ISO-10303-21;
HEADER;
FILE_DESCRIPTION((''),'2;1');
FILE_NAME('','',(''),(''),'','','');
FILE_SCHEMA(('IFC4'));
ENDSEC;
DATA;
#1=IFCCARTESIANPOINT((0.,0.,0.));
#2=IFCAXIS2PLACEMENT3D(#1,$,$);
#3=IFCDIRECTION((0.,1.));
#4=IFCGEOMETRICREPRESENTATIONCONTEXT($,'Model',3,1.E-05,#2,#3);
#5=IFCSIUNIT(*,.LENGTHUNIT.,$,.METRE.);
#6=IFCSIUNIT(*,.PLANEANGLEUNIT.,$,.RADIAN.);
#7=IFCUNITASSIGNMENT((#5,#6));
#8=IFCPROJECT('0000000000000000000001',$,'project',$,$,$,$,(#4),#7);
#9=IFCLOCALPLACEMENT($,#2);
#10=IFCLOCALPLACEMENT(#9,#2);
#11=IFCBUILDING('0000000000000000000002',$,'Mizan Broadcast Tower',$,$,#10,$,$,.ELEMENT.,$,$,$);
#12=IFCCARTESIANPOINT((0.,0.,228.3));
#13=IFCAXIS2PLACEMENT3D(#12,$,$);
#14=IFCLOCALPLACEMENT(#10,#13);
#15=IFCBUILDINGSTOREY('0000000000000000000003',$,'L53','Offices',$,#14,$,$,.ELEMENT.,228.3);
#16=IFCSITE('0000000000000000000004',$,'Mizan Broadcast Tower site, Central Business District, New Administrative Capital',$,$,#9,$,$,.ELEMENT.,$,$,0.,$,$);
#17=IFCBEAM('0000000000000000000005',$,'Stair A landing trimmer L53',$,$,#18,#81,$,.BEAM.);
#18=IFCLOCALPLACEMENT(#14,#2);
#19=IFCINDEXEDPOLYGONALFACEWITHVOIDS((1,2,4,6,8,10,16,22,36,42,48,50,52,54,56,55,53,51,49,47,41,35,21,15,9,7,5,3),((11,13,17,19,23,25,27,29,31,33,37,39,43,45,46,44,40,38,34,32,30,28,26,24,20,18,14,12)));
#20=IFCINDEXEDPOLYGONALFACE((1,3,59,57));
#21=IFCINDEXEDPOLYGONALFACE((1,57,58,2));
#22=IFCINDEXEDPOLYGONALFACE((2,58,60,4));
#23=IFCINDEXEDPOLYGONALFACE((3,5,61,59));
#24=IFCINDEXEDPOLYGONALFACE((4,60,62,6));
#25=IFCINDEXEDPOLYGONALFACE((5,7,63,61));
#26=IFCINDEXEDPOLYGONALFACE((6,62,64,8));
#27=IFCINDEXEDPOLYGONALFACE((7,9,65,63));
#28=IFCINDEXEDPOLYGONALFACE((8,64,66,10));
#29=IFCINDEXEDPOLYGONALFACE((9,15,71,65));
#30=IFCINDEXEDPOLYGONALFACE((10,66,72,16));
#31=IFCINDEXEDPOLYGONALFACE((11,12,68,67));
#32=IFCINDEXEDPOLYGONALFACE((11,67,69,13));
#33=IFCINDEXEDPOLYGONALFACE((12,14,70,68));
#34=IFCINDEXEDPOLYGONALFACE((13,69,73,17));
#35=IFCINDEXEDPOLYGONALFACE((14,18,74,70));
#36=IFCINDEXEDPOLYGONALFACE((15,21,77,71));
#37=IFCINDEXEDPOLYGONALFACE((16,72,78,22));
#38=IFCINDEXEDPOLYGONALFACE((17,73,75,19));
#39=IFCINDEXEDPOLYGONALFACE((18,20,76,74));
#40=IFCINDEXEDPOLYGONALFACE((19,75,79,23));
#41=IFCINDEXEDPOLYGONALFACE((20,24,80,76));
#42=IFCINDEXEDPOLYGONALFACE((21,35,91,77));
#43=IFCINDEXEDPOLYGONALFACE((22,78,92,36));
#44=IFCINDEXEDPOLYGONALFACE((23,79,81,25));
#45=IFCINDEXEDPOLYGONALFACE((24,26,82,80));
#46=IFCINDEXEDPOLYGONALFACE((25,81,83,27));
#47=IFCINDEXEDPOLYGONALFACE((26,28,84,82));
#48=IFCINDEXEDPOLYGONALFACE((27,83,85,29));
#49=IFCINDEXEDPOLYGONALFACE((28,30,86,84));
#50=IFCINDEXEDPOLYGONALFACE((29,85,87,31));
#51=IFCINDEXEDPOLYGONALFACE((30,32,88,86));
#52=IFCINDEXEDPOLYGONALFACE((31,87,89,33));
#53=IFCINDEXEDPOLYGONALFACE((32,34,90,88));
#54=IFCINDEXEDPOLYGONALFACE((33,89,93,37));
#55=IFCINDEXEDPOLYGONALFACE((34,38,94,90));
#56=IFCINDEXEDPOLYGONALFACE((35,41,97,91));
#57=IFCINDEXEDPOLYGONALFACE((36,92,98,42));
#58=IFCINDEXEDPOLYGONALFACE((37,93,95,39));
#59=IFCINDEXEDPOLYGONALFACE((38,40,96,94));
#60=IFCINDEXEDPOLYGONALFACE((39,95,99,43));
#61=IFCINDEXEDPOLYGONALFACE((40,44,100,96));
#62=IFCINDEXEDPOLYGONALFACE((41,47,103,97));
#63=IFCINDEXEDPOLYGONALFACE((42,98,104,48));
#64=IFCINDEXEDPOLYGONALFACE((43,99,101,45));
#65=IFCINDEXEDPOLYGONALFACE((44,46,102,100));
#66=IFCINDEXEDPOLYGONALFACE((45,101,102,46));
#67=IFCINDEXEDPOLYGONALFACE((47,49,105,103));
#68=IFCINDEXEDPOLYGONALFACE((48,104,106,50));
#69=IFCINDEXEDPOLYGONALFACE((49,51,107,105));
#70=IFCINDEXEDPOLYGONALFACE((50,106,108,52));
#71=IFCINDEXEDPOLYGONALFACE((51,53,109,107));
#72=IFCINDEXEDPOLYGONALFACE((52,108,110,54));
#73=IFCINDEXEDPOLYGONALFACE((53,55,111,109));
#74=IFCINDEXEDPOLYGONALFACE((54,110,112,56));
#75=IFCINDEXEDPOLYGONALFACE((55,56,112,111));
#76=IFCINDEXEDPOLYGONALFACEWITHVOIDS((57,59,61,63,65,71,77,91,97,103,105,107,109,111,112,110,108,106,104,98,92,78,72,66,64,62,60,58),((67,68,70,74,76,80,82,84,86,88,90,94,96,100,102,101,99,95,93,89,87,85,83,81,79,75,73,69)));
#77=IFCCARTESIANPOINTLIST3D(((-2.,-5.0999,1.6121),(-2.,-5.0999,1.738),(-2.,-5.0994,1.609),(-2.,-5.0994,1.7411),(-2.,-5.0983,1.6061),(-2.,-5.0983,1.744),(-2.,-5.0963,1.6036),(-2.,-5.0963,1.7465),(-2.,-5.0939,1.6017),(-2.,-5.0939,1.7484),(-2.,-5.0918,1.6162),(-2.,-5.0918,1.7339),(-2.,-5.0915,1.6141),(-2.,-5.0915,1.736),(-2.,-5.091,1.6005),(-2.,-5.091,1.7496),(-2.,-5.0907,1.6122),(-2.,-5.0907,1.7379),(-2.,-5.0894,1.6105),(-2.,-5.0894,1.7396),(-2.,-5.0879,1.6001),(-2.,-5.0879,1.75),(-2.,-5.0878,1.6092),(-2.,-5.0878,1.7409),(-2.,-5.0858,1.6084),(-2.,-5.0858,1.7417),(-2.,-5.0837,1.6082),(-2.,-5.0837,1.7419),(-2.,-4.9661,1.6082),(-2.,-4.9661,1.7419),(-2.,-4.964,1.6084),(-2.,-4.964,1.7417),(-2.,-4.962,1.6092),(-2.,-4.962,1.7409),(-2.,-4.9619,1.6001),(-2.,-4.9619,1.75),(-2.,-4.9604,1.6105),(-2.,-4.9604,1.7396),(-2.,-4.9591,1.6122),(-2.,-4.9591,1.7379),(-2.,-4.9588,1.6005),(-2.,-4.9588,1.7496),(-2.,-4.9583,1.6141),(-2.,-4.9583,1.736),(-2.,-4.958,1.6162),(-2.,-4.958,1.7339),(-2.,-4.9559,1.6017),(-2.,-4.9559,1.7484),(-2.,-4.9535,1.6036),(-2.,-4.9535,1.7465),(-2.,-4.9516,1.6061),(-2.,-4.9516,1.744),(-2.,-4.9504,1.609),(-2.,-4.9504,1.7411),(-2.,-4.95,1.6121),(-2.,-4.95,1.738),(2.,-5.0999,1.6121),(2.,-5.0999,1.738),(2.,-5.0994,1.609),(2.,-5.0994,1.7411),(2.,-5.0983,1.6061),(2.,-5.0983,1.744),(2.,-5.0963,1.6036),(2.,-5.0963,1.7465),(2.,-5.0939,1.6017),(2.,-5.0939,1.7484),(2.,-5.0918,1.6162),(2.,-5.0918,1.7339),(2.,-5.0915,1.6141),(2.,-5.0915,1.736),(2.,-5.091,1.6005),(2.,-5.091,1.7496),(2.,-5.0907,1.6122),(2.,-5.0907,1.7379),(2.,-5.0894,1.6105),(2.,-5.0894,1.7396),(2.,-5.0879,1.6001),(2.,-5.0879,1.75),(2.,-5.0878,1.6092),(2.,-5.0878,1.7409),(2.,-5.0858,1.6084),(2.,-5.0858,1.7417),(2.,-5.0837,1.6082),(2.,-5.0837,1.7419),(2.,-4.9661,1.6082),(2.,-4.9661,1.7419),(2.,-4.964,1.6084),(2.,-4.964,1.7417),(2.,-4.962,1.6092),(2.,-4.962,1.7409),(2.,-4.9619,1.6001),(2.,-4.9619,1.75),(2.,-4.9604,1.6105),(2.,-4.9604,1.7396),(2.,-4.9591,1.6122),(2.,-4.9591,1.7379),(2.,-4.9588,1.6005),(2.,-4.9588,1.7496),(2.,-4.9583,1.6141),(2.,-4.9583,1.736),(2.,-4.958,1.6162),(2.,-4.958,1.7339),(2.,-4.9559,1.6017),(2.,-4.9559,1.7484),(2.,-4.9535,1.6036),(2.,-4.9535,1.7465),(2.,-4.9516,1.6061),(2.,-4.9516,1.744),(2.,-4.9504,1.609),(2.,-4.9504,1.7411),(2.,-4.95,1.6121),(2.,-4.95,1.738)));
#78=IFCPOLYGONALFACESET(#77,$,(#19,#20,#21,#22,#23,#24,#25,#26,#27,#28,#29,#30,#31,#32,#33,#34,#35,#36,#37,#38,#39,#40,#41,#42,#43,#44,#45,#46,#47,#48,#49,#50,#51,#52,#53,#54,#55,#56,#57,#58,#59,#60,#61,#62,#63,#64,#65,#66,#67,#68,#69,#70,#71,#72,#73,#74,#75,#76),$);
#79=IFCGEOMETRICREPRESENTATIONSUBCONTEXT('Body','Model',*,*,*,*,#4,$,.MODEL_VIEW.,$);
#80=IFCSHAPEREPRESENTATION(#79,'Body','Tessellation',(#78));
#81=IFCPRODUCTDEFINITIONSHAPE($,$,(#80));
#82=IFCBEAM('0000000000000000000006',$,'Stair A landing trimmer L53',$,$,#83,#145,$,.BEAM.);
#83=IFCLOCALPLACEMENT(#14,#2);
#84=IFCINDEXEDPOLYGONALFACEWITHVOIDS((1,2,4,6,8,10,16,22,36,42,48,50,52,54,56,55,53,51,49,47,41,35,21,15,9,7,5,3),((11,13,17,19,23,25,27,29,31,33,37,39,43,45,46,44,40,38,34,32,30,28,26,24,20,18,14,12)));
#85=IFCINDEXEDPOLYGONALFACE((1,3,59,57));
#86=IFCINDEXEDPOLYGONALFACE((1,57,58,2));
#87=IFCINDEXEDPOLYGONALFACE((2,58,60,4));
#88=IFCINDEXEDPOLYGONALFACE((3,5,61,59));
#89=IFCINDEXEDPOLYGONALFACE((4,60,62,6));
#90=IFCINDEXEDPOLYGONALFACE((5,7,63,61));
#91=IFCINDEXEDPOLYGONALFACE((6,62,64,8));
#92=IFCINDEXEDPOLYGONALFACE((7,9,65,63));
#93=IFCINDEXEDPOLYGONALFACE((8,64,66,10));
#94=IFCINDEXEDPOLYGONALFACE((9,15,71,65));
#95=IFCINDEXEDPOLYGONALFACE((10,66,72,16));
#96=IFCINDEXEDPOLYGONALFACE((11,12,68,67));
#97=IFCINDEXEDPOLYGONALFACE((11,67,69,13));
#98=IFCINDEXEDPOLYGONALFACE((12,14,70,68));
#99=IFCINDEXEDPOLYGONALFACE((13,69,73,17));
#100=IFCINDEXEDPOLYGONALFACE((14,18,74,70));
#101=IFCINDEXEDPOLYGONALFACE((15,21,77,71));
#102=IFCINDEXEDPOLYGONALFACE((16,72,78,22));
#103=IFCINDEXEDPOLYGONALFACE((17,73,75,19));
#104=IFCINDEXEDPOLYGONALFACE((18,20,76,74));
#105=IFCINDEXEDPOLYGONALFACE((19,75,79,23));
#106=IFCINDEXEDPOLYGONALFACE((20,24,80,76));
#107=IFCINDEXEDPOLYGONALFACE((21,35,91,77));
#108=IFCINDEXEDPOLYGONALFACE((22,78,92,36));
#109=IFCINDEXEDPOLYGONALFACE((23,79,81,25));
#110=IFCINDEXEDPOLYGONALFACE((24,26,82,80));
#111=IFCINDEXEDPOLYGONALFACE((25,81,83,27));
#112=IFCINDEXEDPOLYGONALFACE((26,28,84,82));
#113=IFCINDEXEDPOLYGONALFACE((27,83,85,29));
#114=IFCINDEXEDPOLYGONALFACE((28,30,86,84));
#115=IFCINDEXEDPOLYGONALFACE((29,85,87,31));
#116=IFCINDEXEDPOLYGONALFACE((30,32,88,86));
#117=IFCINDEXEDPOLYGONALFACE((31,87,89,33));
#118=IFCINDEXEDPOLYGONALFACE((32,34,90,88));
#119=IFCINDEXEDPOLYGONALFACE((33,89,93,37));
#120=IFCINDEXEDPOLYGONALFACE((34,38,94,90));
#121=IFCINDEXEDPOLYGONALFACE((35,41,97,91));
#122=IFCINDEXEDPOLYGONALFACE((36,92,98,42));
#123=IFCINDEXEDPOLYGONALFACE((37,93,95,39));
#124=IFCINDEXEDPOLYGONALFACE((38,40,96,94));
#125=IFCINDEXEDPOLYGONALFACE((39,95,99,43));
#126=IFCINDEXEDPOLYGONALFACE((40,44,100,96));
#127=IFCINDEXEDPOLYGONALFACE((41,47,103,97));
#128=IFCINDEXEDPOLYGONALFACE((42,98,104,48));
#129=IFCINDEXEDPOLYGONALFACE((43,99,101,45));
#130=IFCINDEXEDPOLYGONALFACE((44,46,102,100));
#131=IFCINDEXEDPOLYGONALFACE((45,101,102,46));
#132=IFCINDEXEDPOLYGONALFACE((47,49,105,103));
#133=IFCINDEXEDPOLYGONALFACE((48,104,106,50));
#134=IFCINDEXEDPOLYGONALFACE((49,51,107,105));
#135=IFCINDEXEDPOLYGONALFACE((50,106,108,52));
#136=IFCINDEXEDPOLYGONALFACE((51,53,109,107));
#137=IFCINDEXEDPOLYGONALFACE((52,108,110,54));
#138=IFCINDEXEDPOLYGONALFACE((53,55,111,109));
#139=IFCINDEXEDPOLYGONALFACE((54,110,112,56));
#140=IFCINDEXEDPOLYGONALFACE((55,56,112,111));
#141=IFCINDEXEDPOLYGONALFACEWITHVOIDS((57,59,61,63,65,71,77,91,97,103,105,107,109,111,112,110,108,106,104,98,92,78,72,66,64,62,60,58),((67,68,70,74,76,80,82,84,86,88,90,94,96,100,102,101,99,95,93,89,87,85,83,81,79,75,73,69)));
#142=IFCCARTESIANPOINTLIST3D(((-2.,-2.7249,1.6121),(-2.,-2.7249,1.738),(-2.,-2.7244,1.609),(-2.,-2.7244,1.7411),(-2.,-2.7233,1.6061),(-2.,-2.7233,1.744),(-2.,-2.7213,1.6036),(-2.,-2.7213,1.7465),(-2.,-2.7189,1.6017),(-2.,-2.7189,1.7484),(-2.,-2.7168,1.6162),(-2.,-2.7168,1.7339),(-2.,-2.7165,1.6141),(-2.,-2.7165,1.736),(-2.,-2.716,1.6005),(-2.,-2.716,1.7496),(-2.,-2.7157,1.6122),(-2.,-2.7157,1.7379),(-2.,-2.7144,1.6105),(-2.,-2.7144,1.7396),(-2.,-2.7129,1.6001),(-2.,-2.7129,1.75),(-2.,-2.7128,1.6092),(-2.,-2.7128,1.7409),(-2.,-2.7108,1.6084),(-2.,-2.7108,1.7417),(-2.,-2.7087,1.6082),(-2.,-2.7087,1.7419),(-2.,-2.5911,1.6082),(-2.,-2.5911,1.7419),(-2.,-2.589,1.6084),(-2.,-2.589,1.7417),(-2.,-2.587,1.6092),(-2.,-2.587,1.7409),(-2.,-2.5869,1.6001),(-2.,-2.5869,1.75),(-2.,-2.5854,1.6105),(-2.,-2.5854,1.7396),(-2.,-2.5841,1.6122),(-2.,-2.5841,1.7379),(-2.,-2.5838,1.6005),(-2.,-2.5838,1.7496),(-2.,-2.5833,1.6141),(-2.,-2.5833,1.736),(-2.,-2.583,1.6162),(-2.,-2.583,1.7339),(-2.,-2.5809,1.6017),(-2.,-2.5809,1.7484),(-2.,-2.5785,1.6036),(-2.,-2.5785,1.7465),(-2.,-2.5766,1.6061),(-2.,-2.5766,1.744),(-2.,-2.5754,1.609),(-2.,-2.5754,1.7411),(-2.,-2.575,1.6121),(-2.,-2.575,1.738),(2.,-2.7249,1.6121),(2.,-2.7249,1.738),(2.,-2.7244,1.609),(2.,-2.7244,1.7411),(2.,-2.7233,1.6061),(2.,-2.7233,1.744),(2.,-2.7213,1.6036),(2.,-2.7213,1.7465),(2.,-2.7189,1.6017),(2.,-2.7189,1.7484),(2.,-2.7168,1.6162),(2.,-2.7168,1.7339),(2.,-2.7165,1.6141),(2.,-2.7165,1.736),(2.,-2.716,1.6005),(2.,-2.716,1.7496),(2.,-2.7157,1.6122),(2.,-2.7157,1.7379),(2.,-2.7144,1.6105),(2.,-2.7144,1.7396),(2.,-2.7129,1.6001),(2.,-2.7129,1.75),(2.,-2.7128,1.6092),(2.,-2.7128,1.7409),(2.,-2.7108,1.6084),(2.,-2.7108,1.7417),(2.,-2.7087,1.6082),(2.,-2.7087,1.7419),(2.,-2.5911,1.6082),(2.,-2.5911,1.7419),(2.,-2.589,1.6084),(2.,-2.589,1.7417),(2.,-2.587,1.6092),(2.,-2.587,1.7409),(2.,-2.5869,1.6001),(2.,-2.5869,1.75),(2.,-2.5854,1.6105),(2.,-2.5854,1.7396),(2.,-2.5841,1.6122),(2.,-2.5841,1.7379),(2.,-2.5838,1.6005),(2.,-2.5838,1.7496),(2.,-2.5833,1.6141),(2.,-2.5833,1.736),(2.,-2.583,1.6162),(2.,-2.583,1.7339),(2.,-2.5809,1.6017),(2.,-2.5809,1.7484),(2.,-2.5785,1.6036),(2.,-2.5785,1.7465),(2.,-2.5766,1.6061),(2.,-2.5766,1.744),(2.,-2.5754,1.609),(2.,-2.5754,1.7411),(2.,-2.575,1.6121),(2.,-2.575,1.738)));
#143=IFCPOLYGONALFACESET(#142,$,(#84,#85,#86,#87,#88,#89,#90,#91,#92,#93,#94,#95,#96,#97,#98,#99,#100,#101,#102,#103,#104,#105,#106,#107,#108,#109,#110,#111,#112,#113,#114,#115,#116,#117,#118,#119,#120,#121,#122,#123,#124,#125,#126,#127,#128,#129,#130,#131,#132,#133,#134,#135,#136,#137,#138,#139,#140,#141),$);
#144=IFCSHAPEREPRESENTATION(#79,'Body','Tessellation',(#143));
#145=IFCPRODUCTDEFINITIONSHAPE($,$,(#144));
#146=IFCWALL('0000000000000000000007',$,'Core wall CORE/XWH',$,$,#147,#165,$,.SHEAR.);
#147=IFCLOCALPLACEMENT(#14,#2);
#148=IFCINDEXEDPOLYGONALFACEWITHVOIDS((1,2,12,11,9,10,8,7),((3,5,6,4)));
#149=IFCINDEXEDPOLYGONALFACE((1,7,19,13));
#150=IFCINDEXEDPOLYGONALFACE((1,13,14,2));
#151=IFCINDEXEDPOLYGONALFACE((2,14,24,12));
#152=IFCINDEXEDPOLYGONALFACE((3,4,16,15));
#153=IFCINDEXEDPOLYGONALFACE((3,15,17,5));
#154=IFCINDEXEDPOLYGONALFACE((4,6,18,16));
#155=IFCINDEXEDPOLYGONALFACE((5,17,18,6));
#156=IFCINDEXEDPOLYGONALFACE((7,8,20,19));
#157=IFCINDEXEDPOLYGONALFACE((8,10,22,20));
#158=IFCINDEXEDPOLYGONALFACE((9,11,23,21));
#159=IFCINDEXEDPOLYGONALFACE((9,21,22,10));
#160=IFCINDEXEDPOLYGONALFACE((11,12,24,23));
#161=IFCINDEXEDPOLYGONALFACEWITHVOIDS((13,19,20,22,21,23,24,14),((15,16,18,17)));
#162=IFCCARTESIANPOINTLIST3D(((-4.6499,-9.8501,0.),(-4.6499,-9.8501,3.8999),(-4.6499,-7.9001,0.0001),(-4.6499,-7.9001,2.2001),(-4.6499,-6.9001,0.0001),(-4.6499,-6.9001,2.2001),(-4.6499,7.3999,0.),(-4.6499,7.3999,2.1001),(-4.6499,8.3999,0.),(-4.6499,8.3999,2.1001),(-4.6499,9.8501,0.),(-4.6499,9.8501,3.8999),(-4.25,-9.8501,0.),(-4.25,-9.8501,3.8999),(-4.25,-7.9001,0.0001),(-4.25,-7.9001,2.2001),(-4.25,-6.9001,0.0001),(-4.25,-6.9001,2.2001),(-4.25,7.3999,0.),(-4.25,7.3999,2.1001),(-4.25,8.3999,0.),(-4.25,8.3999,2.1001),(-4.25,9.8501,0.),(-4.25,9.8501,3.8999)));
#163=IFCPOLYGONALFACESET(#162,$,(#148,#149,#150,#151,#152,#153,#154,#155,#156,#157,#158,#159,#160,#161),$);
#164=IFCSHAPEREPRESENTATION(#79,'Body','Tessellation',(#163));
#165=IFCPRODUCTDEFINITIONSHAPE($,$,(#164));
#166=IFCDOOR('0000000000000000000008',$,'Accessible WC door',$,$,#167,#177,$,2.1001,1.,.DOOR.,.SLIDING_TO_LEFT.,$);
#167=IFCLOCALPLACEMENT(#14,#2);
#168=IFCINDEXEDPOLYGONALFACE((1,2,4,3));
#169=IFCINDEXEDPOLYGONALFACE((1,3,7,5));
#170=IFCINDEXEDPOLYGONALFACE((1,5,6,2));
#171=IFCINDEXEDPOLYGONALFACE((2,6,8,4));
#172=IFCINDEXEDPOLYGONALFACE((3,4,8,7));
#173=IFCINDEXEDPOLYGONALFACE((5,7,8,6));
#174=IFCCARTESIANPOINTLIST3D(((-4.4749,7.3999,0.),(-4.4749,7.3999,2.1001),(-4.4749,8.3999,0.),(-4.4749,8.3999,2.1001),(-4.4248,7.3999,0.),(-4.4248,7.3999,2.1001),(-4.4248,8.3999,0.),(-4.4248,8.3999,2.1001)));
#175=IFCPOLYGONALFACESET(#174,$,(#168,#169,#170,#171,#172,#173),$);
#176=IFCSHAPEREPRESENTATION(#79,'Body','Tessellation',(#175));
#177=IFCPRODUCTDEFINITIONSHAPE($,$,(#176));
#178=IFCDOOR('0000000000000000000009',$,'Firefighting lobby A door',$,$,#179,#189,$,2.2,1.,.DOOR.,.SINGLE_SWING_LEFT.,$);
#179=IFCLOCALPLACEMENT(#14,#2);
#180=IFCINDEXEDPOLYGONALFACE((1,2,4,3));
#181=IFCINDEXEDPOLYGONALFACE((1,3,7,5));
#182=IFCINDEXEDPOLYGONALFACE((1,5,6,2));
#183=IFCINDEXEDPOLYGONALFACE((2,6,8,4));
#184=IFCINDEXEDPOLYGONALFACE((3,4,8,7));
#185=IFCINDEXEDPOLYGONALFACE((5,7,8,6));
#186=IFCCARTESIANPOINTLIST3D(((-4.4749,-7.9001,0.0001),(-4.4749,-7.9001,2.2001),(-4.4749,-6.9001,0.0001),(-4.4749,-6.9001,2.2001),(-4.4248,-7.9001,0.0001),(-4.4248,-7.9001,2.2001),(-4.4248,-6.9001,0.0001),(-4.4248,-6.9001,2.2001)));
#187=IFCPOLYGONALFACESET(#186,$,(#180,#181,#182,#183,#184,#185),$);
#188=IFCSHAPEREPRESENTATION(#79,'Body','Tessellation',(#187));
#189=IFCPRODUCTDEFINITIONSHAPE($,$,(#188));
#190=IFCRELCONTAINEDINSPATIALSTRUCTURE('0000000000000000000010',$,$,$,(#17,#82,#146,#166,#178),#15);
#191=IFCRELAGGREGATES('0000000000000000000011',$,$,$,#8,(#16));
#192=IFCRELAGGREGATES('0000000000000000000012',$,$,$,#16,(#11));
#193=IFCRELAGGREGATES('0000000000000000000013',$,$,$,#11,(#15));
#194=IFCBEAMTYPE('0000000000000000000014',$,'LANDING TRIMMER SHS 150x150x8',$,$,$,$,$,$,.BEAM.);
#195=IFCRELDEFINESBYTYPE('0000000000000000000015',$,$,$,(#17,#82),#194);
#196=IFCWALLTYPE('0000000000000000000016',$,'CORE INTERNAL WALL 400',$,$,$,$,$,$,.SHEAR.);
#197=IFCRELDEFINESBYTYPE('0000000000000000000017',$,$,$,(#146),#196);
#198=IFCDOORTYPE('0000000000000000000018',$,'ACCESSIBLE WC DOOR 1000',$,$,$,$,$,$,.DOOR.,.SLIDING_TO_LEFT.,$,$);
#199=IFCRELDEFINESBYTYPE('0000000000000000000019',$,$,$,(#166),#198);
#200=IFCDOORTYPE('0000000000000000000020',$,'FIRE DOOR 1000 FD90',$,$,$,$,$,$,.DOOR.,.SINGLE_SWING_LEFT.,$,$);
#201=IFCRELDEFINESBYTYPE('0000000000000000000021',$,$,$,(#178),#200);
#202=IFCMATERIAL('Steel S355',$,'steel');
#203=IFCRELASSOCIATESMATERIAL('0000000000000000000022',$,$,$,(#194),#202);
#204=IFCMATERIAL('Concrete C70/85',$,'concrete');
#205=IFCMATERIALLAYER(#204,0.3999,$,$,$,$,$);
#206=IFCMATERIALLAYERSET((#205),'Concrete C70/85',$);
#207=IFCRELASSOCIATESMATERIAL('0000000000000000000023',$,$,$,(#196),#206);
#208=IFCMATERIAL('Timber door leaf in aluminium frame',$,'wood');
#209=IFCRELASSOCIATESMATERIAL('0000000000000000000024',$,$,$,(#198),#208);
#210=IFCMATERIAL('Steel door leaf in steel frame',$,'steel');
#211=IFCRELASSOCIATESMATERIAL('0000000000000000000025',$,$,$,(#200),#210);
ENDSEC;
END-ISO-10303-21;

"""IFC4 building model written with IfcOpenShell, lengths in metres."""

from ifc_helpers import new_model, si_unit, direction, frame, frame_2d, origin, origin_2d, place, context, subcontext, project, spatial, rectangle, hollow_rectangle, extrude, material, layer, layer_set, material_profile, profile_set, type_object, element, fill, save


model = new_model("IFC4")

# Units and contexts
model_context = context("Model", 3, precision=1e-05, world=origin(), true_north=direction((0.0, 1.0)))
body_context = subcontext(model_context, "Body", "Model", "MODEL_VIEW")
ifc_project = project(units=[si_unit("LENGTHUNIT", "METRE"), si_unit("PLANEANGLEUNIT", "RADIAN")], contexts=[model_context])

# Site, building, storey
site_placement = place(None, origin())
site = spatial("IfcSite", under=ifc_project, at=site_placement, Name="Mizan Broadcast Tower site, Central Business District, New Administrative Capital", CompositionType="ELEMENT", RefElevation=0.0)
building_placement = place(site_placement, origin())
building = spatial("IfcBuilding", under=site, at=building_placement, Name="Mizan Broadcast Tower", CompositionType="ELEMENT")
storey_placement = place(building_placement, frame((0.0, 0.0, 228.3)))
storey = spatial("IfcBuildingStorey", under=building, at=storey_placement, Name="L53", Description="Offices", CompositionType="ELEMENT", Elevation=228.3)

# Beams
ifc_material_1 = material(Name="Steel S355", Category="steel")
ifc_material_profile = material_profile(ifc_material_1, hollow_rectangle(XDim=0.1499, YDim=0.1499, WallThickness=0.0081, InnerFilletRadius=0.0081, OuterFilletRadius=0.012, at=origin_2d()), Name="SHS 150x150x8")
ifc_profile_set = profile_set([ifc_material_profile], Name="Steel S355")
beam_type = type_object("IfcBeamType", Name="LANDING TRIMMER SHS 150x150x8", PredefinedType="BEAM", material=ifc_profile_set)
for number, where, z_axis, x_axis, name in (
    (1, (-2.0, -5.0249, 1.675), (1.0, 0.0, 0.0), (0.0, 1.0, 0.0), "Stair A landing trimmer L53"),
    (2, (-2.0, -2.6499, 1.675), (1.0, 0.0, 0.0), (0.0, 1.0, 0.0), "Stair A landing trimmer L53"),
):
    element("IfcBeam", number, at=place(storey_placement, frame(where, z_axis=z_axis, x_axis=x_axis)), inside=storey, type_object=beam_type, Name=name, PredefinedType="BEAM", context=body_context, shape_type="SweptSolid", body=[
        extrude(hollow_rectangle(XDim=0.1499, YDim=0.1499, WallThickness=0.0081, InnerFilletRadius=0.0081, OuterFilletRadius=0.012, at=origin_2d()), origin(), (0.0, 0.0, 1.0), 4.0),
    ])

# Wall, openings, doors
ifc_material_2 = material(Name="Concrete C70/85", Category="concrete")
ifc_layer_1 = layer(ifc_material_2, 0.3999)
ifc_layer_set_1 = layer_set([ifc_layer_1], Name="Concrete C70/85")
wall_type_1 = type_object("IfcWallType", Name="CORE INTERNAL WALL 400", PredefinedType="SHEAR", material=ifc_layer_set_1)
wall_1_placement = place(storey_placement, frame((-4.45, -9.8501, 0.0), z_axis=(0.0, 0.0, 1.0), x_axis=(0.0, 1.0, 0.0)))
wall_1 = element("IfcWall", 3, at=wall_1_placement, inside=storey, type_object=wall_type_1, Name="Core wall CORE/XWH", PredefinedType="SHEAR", context=body_context, shape_type="SweptSolid", body=[
    extrude(rectangle(XDim=19.7002, YDim=0.3999, at=frame_2d((9.8501, 0.0))), origin(), (0.0, 0.0, 1.0), 3.8999),
])
opening_1_placement = place(wall_1_placement, frame((1.95, 0.0, 0.0)))
opening_1 = element("IfcOpeningElement", 4, at=opening_1_placement, cuts=wall_1, PredefinedType="OPENING", context=body_context, shape_type="SweptSolid", body=[
    extrude(rectangle(XDim=1.0, YDim=2.2, at=frame_2d((0.5, 1.1001))), frame((0.0, 0.21, 0.0), z_axis=(0.0, -1.0, 0.0), x_axis=(1.0, 0.0, 0.0)), (0.0, 0.0, 1.0), 0.4199),
])
opening_2_placement = place(wall_1_placement, frame((17.25, 0.0, 0.0)))
opening_2 = element("IfcOpeningElement", 5, at=opening_2_placement, cuts=wall_1, PredefinedType="OPENING", context=body_context, shape_type="SweptSolid", body=[
    extrude(rectangle(XDim=1.0, YDim=2.1001, at=frame_2d((0.5, 1.05))), frame((0.0, 0.21, 0.0), z_axis=(0.0, -1.0, 0.0), x_axis=(1.0, 0.0, 0.0)), (0.0, 0.0, 1.0), 0.4199),
])
ifc_material_3 = material(Name="Timber door leaf in aluminium frame", Category="wood")
door_type_1 = type_object("IfcDoorType", Name="ACCESSIBLE WC DOOR 1000", OperationType="SLIDING_TO_LEFT", PredefinedType="DOOR", material=ifc_material_3)
door_1_placement = place(opening_2_placement, origin())
door_1 = element("IfcDoor", 6, at=door_1_placement, inside=storey, type_object=door_type_1, Name="Accessible WC door", OperationType="SLIDING_TO_LEFT", OverallHeight=2.1001, OverallWidth=1.0, PredefinedType="DOOR", context=body_context, shape_type="SweptSolid", body=[
    extrude(rectangle(XDim=1.0, YDim=2.1001, at=frame_2d((0.5, 1.05))), frame((0.0, 0.0249, 0.0), z_axis=(0.0, -1.0, 0.0), x_axis=(1.0, 0.0, 0.0)), (0.0, 0.0, 1.0), 0.05),
])
fill(opening_2, door_1)
ifc_material_4 = material(Name="Steel door leaf in steel frame", Category="steel")
door_type_2 = type_object("IfcDoorType", Name="FIRE DOOR 1000 FD90", OperationType="SINGLE_SWING_LEFT", PredefinedType="DOOR", material=ifc_material_4)
door_2_placement = place(opening_1_placement, origin())
door_2 = element("IfcDoor", 7, at=door_2_placement, inside=storey, type_object=door_type_2, Name="Firefighting lobby A door", OperationType="SINGLE_SWING_LEFT", OverallHeight=2.2, OverallWidth=1.0, PredefinedType="DOOR", context=body_context, shape_type="SweptSolid", body=[
    extrude(rectangle(XDim=1.0, YDim=2.2, at=frame_2d((0.5, 1.1001))), frame((0.0, 0.0249, 0.0), z_axis=(0.0, -1.0, 0.0), x_axis=(1.0, 0.0, 0.0)), (0.0, 0.0, 1.0), 0.05),
])
fill(opening_1, door_2)

save(model, "model.ifc")
